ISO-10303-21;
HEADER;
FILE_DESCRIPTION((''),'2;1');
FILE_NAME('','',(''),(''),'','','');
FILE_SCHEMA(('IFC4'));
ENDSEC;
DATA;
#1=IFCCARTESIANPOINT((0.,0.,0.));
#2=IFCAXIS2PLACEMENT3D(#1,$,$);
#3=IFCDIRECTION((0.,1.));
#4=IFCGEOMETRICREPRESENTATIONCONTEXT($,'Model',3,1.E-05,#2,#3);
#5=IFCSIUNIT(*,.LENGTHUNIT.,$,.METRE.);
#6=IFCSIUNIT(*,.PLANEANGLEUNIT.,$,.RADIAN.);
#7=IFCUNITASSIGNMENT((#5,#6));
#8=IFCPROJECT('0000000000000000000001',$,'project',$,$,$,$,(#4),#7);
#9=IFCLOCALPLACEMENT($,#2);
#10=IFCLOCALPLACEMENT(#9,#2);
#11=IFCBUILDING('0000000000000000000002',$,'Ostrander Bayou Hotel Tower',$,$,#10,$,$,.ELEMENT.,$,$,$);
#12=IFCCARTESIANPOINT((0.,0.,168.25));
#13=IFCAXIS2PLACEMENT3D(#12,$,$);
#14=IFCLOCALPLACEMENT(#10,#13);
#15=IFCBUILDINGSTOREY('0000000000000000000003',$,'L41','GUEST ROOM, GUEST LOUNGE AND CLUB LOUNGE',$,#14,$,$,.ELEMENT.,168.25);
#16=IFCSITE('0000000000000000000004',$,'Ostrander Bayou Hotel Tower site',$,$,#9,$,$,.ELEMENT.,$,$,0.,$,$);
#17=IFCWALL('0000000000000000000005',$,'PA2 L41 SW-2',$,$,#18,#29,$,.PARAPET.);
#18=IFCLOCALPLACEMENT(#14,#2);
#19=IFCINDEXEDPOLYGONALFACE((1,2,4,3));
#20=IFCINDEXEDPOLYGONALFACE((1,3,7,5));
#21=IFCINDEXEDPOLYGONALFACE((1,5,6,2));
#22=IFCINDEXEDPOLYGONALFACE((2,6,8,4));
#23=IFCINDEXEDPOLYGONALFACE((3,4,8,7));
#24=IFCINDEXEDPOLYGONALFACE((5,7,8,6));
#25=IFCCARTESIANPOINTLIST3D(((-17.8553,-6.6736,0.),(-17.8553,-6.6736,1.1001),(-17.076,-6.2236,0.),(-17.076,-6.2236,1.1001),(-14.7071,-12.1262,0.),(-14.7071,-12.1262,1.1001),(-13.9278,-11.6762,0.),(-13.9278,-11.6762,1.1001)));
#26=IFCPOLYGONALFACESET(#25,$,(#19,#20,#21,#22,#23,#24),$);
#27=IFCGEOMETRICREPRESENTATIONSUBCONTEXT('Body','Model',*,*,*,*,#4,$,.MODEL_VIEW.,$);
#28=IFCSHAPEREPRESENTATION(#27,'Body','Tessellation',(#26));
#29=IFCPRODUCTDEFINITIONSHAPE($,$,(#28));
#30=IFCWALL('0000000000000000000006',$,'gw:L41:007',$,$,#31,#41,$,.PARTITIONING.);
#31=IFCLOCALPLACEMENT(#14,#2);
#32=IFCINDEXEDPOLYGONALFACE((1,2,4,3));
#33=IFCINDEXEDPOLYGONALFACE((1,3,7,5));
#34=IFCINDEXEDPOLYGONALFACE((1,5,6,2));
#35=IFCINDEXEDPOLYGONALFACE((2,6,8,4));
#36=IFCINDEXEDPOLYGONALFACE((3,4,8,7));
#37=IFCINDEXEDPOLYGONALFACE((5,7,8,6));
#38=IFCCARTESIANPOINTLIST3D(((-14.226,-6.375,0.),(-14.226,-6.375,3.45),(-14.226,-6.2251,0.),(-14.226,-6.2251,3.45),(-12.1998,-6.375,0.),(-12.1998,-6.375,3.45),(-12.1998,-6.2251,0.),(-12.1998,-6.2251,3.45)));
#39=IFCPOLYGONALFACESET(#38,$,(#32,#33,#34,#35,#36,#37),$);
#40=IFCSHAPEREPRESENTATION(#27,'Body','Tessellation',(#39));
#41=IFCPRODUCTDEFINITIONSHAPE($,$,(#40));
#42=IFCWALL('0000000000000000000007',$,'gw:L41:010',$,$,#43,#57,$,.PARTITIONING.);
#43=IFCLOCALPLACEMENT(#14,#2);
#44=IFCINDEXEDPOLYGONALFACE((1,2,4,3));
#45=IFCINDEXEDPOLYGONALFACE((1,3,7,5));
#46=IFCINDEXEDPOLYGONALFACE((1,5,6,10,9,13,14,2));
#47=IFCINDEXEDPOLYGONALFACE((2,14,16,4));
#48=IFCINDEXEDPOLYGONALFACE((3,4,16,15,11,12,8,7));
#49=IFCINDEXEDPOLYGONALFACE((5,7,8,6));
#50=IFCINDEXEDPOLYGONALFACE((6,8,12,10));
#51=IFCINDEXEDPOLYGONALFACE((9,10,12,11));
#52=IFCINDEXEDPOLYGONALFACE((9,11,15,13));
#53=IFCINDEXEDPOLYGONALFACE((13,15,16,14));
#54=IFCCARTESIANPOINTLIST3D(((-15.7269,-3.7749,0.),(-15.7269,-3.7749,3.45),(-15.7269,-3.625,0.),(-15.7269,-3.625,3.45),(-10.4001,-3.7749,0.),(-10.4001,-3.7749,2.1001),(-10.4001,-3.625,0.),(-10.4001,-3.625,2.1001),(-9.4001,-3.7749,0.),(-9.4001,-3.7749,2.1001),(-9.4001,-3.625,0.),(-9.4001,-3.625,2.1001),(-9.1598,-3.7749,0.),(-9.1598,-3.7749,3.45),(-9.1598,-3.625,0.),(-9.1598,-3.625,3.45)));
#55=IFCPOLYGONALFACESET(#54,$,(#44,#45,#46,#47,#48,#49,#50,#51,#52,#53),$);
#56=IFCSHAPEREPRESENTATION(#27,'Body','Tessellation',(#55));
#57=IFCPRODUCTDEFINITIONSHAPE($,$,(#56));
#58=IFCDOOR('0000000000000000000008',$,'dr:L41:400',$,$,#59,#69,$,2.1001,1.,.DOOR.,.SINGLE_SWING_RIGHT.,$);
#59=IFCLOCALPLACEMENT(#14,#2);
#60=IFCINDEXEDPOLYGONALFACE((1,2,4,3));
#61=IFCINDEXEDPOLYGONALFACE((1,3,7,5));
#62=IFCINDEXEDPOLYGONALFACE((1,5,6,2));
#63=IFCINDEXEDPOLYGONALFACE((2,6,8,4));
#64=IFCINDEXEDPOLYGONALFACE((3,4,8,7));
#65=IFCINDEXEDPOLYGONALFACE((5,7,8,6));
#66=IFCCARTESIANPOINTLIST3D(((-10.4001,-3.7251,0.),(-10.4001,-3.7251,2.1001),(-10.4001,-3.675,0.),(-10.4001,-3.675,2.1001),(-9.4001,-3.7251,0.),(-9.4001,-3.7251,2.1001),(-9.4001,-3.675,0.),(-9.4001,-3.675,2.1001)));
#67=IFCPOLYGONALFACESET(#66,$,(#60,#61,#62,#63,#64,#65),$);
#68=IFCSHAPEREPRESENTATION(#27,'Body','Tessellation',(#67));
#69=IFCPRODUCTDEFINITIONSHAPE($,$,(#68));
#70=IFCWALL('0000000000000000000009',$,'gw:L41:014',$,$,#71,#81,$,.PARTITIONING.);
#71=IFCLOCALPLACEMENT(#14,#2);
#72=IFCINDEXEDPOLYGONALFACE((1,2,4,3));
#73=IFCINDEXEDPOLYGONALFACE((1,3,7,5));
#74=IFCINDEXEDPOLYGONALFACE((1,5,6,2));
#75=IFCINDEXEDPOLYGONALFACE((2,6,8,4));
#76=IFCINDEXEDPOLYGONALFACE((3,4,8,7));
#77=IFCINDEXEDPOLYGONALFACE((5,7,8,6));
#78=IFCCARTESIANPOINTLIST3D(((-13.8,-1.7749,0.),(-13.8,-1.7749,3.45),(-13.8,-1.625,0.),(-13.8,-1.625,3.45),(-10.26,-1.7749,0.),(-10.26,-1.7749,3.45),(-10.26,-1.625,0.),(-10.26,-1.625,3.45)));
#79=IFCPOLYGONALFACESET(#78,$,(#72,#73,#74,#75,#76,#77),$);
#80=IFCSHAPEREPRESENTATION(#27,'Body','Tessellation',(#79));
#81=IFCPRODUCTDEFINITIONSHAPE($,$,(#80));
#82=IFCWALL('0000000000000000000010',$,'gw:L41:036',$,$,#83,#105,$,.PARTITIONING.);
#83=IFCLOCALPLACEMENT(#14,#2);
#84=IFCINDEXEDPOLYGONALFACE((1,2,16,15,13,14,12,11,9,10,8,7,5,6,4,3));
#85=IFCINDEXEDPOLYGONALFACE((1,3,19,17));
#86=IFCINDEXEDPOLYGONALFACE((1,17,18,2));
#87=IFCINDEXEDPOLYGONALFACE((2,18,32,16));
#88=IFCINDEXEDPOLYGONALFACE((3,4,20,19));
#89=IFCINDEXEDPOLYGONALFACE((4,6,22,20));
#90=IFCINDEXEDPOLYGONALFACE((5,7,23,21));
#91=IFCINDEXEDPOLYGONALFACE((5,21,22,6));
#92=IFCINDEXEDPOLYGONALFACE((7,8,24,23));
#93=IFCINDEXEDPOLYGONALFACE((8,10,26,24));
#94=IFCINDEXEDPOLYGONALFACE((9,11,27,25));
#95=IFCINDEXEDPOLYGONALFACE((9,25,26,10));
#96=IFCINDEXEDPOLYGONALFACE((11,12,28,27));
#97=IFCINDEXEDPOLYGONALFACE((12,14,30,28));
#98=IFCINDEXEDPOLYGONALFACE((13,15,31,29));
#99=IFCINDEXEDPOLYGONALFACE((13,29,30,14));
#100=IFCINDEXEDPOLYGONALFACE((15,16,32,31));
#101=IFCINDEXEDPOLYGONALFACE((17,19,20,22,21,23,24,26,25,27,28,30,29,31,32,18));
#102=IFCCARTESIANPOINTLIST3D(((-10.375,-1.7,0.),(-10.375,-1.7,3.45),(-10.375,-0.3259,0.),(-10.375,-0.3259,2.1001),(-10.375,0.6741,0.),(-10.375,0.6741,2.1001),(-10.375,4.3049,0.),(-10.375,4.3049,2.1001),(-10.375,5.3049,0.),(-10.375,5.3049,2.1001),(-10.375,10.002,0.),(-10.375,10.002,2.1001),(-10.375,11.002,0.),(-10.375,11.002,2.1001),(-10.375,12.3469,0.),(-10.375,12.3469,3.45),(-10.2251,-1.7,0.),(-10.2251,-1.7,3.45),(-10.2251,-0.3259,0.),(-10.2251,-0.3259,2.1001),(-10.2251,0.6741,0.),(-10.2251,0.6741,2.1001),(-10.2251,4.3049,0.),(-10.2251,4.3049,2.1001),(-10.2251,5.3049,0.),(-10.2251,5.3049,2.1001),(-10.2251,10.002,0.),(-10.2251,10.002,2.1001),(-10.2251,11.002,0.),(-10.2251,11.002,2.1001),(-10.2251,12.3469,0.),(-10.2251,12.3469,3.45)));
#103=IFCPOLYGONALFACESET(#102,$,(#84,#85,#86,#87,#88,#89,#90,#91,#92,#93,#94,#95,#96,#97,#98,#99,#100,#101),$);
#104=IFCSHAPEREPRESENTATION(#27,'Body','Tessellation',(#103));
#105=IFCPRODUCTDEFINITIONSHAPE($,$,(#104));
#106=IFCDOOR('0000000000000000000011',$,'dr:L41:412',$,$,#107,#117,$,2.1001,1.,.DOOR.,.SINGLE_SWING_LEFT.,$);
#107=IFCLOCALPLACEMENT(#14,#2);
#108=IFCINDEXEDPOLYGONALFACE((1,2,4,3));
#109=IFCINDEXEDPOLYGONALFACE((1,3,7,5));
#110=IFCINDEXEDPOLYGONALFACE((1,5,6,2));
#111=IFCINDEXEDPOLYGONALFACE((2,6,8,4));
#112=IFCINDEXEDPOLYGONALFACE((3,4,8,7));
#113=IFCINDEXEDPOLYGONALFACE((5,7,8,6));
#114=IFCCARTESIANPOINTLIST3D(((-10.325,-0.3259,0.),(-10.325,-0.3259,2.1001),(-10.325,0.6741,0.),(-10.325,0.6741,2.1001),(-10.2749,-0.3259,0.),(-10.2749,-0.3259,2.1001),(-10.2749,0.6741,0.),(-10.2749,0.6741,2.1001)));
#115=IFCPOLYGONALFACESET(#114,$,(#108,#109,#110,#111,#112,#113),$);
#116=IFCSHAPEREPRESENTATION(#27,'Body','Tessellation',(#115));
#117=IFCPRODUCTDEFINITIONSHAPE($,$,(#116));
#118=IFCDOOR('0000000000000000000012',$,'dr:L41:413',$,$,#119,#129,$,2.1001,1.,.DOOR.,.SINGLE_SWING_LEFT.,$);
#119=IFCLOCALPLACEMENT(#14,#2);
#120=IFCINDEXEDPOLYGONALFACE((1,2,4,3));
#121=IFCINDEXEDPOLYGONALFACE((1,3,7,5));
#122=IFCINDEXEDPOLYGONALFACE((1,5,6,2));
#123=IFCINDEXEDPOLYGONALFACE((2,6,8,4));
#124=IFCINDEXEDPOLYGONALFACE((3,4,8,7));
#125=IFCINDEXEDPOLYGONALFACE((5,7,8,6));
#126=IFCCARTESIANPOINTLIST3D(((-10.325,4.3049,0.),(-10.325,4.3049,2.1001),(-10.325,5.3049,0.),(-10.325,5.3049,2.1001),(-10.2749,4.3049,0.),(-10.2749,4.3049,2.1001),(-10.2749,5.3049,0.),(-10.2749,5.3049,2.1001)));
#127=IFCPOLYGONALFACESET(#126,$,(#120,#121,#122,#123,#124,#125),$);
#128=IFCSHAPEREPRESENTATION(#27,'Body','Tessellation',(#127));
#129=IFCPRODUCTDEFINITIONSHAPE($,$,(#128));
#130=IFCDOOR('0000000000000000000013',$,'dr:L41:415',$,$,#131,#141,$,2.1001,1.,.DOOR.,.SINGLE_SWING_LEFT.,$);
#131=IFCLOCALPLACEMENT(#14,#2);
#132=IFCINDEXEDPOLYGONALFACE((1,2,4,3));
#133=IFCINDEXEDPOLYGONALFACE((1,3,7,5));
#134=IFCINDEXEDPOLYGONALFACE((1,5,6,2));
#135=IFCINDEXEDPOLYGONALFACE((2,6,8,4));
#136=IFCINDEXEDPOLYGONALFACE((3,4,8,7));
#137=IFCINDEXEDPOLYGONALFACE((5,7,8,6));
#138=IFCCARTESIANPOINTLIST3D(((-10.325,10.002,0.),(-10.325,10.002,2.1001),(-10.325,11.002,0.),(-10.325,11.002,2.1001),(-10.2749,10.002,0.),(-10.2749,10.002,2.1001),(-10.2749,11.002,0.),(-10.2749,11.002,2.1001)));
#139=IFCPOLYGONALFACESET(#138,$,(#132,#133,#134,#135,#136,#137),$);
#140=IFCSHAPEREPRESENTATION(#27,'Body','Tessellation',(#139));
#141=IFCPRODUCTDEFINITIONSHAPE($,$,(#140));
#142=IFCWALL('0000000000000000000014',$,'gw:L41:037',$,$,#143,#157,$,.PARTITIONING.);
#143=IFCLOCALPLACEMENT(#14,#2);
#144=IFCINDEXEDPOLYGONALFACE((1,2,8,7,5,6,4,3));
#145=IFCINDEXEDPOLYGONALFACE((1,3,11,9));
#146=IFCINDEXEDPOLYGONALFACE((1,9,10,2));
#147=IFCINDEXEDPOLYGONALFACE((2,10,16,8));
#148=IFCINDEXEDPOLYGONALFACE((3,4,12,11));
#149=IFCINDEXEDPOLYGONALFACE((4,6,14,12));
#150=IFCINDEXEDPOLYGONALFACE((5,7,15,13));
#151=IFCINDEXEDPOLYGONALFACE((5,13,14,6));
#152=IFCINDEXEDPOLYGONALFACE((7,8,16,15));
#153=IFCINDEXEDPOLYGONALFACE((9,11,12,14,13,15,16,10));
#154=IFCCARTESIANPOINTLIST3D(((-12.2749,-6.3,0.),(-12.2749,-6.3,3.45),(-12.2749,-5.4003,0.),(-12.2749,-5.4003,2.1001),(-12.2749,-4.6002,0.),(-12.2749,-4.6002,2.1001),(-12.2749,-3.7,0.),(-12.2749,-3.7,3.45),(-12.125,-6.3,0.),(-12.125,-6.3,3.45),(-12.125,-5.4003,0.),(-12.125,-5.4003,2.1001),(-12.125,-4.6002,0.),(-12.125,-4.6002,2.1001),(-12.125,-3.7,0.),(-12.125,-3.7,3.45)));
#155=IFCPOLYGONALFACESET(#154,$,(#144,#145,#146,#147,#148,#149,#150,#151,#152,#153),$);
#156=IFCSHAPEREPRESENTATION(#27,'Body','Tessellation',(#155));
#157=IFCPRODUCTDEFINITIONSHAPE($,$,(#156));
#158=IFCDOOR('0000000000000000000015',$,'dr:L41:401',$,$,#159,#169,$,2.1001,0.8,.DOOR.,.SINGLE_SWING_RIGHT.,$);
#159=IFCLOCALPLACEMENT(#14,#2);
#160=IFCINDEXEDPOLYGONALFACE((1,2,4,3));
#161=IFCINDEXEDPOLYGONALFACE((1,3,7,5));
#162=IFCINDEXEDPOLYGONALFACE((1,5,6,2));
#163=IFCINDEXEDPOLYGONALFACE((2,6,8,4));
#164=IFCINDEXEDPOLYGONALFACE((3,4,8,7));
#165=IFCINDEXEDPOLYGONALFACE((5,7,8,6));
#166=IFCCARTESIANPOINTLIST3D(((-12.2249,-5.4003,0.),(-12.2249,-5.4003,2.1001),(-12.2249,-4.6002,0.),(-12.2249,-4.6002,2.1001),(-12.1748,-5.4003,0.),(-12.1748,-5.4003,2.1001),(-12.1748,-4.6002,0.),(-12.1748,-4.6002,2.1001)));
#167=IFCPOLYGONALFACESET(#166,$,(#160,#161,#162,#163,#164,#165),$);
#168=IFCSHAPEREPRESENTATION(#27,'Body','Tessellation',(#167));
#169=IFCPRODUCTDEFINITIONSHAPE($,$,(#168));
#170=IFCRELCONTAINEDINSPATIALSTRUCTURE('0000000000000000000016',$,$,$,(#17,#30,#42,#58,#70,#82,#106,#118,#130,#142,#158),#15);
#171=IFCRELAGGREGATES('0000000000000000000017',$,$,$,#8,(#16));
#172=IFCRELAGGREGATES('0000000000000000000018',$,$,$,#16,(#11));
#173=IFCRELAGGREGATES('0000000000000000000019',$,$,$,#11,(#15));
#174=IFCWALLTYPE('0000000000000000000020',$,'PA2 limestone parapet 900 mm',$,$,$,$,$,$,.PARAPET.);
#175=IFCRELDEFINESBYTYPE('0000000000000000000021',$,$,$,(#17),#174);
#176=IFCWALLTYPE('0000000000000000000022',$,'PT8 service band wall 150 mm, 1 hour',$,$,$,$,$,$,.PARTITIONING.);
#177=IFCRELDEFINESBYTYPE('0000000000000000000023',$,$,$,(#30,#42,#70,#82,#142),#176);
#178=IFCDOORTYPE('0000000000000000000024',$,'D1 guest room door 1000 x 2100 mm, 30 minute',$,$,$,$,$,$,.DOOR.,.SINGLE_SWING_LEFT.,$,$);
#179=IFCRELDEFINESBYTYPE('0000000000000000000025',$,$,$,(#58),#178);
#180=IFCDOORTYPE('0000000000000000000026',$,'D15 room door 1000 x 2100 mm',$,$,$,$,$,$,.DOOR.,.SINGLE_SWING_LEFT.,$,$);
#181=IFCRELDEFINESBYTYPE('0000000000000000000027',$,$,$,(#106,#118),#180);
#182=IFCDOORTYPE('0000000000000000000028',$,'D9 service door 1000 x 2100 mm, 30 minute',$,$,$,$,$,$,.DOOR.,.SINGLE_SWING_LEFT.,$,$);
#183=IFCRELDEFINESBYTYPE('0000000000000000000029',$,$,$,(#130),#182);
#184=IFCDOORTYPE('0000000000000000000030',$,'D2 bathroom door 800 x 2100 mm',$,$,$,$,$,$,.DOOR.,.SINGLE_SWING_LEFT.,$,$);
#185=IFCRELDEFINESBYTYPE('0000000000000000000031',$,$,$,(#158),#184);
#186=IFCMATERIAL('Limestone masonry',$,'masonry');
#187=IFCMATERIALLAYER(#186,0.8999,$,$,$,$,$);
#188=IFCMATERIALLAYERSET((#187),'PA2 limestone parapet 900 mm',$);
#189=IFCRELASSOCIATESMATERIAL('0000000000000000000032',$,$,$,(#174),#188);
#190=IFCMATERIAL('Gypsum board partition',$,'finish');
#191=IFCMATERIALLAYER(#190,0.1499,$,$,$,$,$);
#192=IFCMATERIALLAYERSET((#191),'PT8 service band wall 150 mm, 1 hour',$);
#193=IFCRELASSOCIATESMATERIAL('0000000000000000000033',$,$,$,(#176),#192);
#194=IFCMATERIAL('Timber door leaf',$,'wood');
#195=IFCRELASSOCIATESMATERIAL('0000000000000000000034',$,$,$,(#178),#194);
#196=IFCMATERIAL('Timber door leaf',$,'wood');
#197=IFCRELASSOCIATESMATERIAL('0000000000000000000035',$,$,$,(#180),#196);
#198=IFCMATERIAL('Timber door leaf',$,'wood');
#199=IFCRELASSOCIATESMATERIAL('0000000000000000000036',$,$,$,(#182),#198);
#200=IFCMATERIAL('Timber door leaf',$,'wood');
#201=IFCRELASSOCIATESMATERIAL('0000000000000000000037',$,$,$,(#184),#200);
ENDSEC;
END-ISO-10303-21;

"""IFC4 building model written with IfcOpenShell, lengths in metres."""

from ifc_helpers import new_model, si_unit, direction, frame, frame_2d, origin, place, context, subcontext, project, spatial, rectangle, extrude, material, layer, layer_set, type_object, element, fill, save


model = new_model("IFC4")

# Units and contexts
model_context = context("Model", 3, precision=1e-05, world=origin(), true_north=direction((0.0, 1.0)))
body_context = subcontext(model_context, "Body", "Model", "MODEL_VIEW")
ifc_project = project(units=[si_unit("LENGTHUNIT", "METRE"), si_unit("PLANEANGLEUNIT", "RADIAN")], contexts=[model_context])

# Site, building, storey
site_placement = place(None, origin())
site = spatial("IfcSite", under=ifc_project, at=site_placement, Name="Ostrander Bayou Hotel Tower site", CompositionType="ELEMENT", RefElevation=0.0)
building_placement = place(site_placement, origin())
building = spatial("IfcBuilding", under=site, at=building_placement, Name="Ostrander Bayou Hotel Tower", CompositionType="ELEMENT")
storey_placement = place(building_placement, frame((0.0, 0.0, 168.25)))
storey = spatial("IfcBuildingStorey", under=building, at=storey_placement, Name="L41", Description="GUEST ROOM, GUEST LOUNGE AND CLUB LOUNGE", CompositionType="ELEMENT", Elevation=168.25)

# Walls
ifc_material_1 = material(Name="Limestone masonry", Category="masonry")
ifc_layer_1 = layer(ifc_material_1, 0.8999)
ifc_layer_set_1 = layer_set([ifc_layer_1], Name="PA2 limestone parapet 900 mm")
wall_type_1 = type_object("IfcWallType", Name="PA2 limestone parapet 900 mm", PredefinedType="PARAPET", material=ifc_layer_set_1)
wall_1_placement = place(storey_placement, frame((-17.4656, -6.4487, 0.0), z_axis=(0.0, 0.0, 1.0), x_axis=(0.500013, -0.866018, 0.0)))
element("IfcWall", 1, at=wall_1_placement, inside=storey, type_object=wall_type_1, Name="PA2 L41 SW-2", PredefinedType="PARAPET", context=body_context, shape_type="SweptSolid", body=[
    extrude(rectangle(XDim=6.2961, YDim=0.8999, at=frame_2d((3.1479, 0.0))), origin(), (0.0, 0.0, 1.0), 1.1001),
])
ifc_material_2 = material(Name="Gypsum board partition", Category="finish")
ifc_layer_2 = layer(ifc_material_2, 0.1499)
ifc_layer_set_2 = layer_set([ifc_layer_2], Name="PT8 service band wall 150 mm, 1 hour")
wall_type_2 = type_object("IfcWallType", Name="PT8 service band wall 150 mm, 1 hour", PredefinedType="PARTITIONING", material=ifc_layer_set_2)
wall_2_placement = place(storey_placement, frame((-14.2261, -6.3, 0.0), z_axis=(0.0, 0.0, 1.0), x_axis=(1.0, 0.0, 0.0)))
element("IfcWall", 2, at=wall_2_placement, inside=storey, type_object=wall_type_2, Name="gw:L41:007", PredefinedType="PARTITIONING", context=body_context, shape_type="SweptSolid", body=[
    extrude(rectangle(XDim=2.0261, YDim=0.1499, at=frame_2d((1.0132, 0.0))), origin(), (0.0, 0.0, 1.0), 3.45),
])

# Wall, opening, door
wall_3_placement = place(storey_placement, frame((-15.7271, -3.7, 0.0), z_axis=(0.0, 0.0, 1.0), x_axis=(1.0, 0.0, 0.0)))
wall_3 = element("IfcWall", 3, at=wall_3_placement, inside=storey, type_object=wall_type_2, Name="gw:L41:010", PredefinedType="PARTITIONING", context=body_context, shape_type="SweptSolid", body=[
    extrude(rectangle(XDim=6.5671, YDim=0.1499, at=frame_2d((3.2837, 0.0))), origin(), (0.0, 0.0, 1.0), 3.45),
])
opening_1_placement = place(wall_3_placement, frame((5.3269, 0.0, 0.0)))
opening_1 = element("IfcOpeningElement", 4, at=opening_1_placement, cuts=wall_3, PredefinedType="OPENING", context=body_context, shape_type="SweptSolid", body=[
    extrude(rectangle(XDim=1.0, YDim=2.1001, at=frame_2d((0.5, 1.05))), frame((0.0, 0.075, 0.0), z_axis=(0.0, -1.0, 0.0), x_axis=(1.0, 0.0, 0.0)), (0.0, 0.0, 1.0), 0.1499),
])
ifc_material_3 = material(Name="Timber door leaf", Category="wood")
door_type_1 = type_object("IfcDoorType", Name="D1 guest room door 1000 x 2100 mm, 30 minute", OperationType="SINGLE_SWING_LEFT", PredefinedType="DOOR", material=ifc_material_3)
door_1_placement = place(opening_1_placement, origin())
door_1 = element("IfcDoor", 5, at=door_1_placement, inside=storey, type_object=door_type_1, Name="dr:L41:400", OperationType="SINGLE_SWING_RIGHT", OverallHeight=2.1001, OverallWidth=1.0, PredefinedType="DOOR", context=body_context, shape_type="SweptSolid", body=[
    extrude(rectangle(XDim=1.0, YDim=2.1001, at=frame_2d((0.5, 1.05))), frame((0.0, 0.0249, 0.0), z_axis=(0.0, -1.0, 0.0), x_axis=(1.0, 0.0, 0.0)), (0.0, 0.0, 1.0), 0.05),
])
fill(opening_1, door_1)

# Wall
wall_4_placement = place(storey_placement, frame((-13.8, -1.7, 0.0), z_axis=(0.0, 0.0, 1.0), x_axis=(1.0, 0.0, 0.0)))
element("IfcWall", 6, at=wall_4_placement, inside=storey, type_object=wall_type_2, Name="gw:L41:014", PredefinedType="PARTITIONING", context=body_context, shape_type="SweptSolid", body=[
    extrude(rectangle(XDim=3.54, YDim=0.1499, at=frame_2d((1.77, 0.0))), origin(), (0.0, 0.0, 1.0), 3.45),
])

# Wall, openings, doors
wall_5_placement = place(storey_placement, frame((-10.3, -1.7, 0.0), z_axis=(0.0, 0.0, 1.0), x_axis=(0.0, 1.0, 0.0)))
wall_5 = element("IfcWall", 7, at=wall_5_placement, inside=storey, type_object=wall_type_2, Name="gw:L41:036", PredefinedType="PARTITIONING", context=body_context, shape_type="SweptSolid", body=[
    extrude(rectangle(XDim=14.0469, YDim=0.1499, at=frame_2d((7.0234, 0.0))), origin(), (0.0, 0.0, 1.0), 3.45),
])
opening_2_placement = place(wall_5_placement, frame((1.374, 0.0, 0.0)))
opening_2 = element("IfcOpeningElement", 8, at=opening_2_placement, cuts=wall_5, PredefinedType="OPENING", context=body_context, shape_type="SweptSolid", body=[
    extrude(rectangle(XDim=1.0, YDim=2.1001, at=frame_2d((0.5, 1.05))), frame((0.0, 0.075, 0.0), z_axis=(0.0, -1.0, 0.0), x_axis=(1.0, 0.0, 0.0)), (0.0, 0.0, 1.0), 0.1499),
])
opening_3_placement = place(wall_5_placement, frame((6.0049, 0.0, 0.0)))
opening_3 = element("IfcOpeningElement", 9, at=opening_3_placement, cuts=wall_5, PredefinedType="OPENING", context=body_context, shape_type="SweptSolid", body=[
    extrude(rectangle(XDim=1.0, YDim=2.1001, at=frame_2d((0.5, 1.05))), frame((0.0, 0.075, 0.0), z_axis=(0.0, -1.0, 0.0), x_axis=(1.0, 0.0, 0.0)), (0.0, 0.0, 1.0), 0.1499),
])
opening_4_placement = place(wall_5_placement, frame((11.7019, 0.0, 0.0)))
opening_4 = element("IfcOpeningElement", 10, at=opening_4_placement, cuts=wall_5, PredefinedType="OPENING", context=body_context, shape_type="SweptSolid", body=[
    extrude(rectangle(XDim=1.0, YDim=2.1001, at=frame_2d((0.5, 1.05))), frame((0.0, 0.075, 0.0), z_axis=(0.0, -1.0, 0.0), x_axis=(1.0, 0.0, 0.0)), (0.0, 0.0, 1.0), 0.1499),
])
ifc_material_4 = material(Name="Timber door leaf", Category="wood")
door_type_2 = type_object("IfcDoorType", Name="D15 room door 1000 x 2100 mm", OperationType="SINGLE_SWING_LEFT", PredefinedType="DOOR", material=ifc_material_4)
door_2_placement = place(opening_2_placement, origin())
door_2 = element("IfcDoor", 11, at=door_2_placement, inside=storey, type_object=door_type_2, Name="dr:L41:412", OperationType="SINGLE_SWING_LEFT", OverallHeight=2.1001, OverallWidth=1.0, PredefinedType="DOOR", context=body_context, shape_type="SweptSolid", body=[
    extrude(rectangle(XDim=1.0, YDim=2.1001, at=frame_2d((0.5, 1.05))), frame((0.0, 0.0249, 0.0), z_axis=(0.0, -1.0, 0.0), x_axis=(1.0, 0.0, 0.0)), (0.0, 0.0, 1.0), 0.05),
])
fill(opening_2, door_2)
door_3_placement = place(opening_3_placement, origin())
door_3 = element("IfcDoor", 12, at=door_3_placement, inside=storey, type_object=door_type_2, Name="dr:L41:413", OperationType="SINGLE_SWING_LEFT", OverallHeight=2.1001, OverallWidth=1.0, PredefinedType="DOOR", context=body_context, shape_type="SweptSolid", body=[
    extrude(rectangle(XDim=1.0, YDim=2.1001, at=frame_2d((0.5, 1.05))), frame((0.0, 0.0249, 0.0), z_axis=(0.0, -1.0, 0.0), x_axis=(1.0, 0.0, 0.0)), (0.0, 0.0, 1.0), 0.05),
])
fill(opening_3, door_3)
ifc_material_5 = material(Name="Timber door leaf", Category="wood")
door_type_3 = type_object("IfcDoorType", Name="D9 service door 1000 x 2100 mm, 30 minute", OperationType="SINGLE_SWING_LEFT", PredefinedType="DOOR", material=ifc_material_5)
door_4_placement = place(opening_4_placement, origin())
door_4 = element("IfcDoor", 13, at=door_4_placement, inside=storey, type_object=door_type_3, Name="dr:L41:415", OperationType="SINGLE_SWING_LEFT", OverallHeight=2.1001, OverallWidth=1.0, PredefinedType="DOOR", context=body_context, shape_type="SweptSolid", body=[
    extrude(rectangle(XDim=1.0, YDim=2.1001, at=frame_2d((0.5, 1.05))), frame((0.0, 0.0249, 0.0), z_axis=(0.0, -1.0, 0.0), x_axis=(1.0, 0.0, 0.0)), (0.0, 0.0, 1.0), 0.05),
])
fill(opening_4, door_4)

# Wall, opening, door
wall_6_placement = place(storey_placement, frame((-12.2, -6.3, 0.0), z_axis=(0.0, 0.0, 1.0), x_axis=(0.0, 1.0, 0.0)))
wall_6 = element("IfcWall", 14, at=wall_6_placement, inside=storey, type_object=wall_type_2, Name="gw:L41:037", PredefinedType="PARTITIONING", context=body_context, shape_type="SweptSolid", body=[
    extrude(rectangle(XDim=2.6001, YDim=0.1499, at=frame_2d((1.3, 0.0))), origin(), (0.0, 0.0, 1.0), 3.45),
])
opening_5_placement = place(wall_6_placement, frame((0.8999, 0.0, 0.0)))
opening_5 = element("IfcOpeningElement", 15, at=opening_5_placement, cuts=wall_6, PredefinedType="OPENING", context=body_context, shape_type="SweptSolid", body=[
    extrude(rectangle(XDim=0.8, YDim=2.1001, at=frame_2d((0.3999, 1.05))), frame((0.0, 0.075, 0.0), z_axis=(0.0, -1.0, 0.0), x_axis=(1.0, 0.0, 0.0)), (0.0, 0.0, 1.0), 0.1499),
])
ifc_material_6 = material(Name="Timber door leaf", Category="wood")
door_type_4 = type_object("IfcDoorType", Name="D2 bathroom door 800 x 2100 mm", OperationType="SINGLE_SWING_LEFT", PredefinedType="DOOR", material=ifc_material_6)
door_5_placement = place(opening_5_placement, origin())
door_5 = element("IfcDoor", 16, at=door_5_placement, inside=storey, type_object=door_type_4, Name="dr:L41:401", OperationType="SINGLE_SWING_RIGHT", OverallHeight=2.1001, OverallWidth=0.8, PredefinedType="DOOR", context=body_context, shape_type="SweptSolid", body=[
    extrude(rectangle(XDim=0.8, YDim=2.1001, at=frame_2d((0.3999, 1.05))), frame((0.0, 0.0249, 0.0), z_axis=(0.0, -1.0, 0.0), x_axis=(1.0, 0.0, 0.0)), (0.0, 0.0, 1.0), 0.05),
])
fill(opening_5, door_5)

save(model, "model.ifc")
